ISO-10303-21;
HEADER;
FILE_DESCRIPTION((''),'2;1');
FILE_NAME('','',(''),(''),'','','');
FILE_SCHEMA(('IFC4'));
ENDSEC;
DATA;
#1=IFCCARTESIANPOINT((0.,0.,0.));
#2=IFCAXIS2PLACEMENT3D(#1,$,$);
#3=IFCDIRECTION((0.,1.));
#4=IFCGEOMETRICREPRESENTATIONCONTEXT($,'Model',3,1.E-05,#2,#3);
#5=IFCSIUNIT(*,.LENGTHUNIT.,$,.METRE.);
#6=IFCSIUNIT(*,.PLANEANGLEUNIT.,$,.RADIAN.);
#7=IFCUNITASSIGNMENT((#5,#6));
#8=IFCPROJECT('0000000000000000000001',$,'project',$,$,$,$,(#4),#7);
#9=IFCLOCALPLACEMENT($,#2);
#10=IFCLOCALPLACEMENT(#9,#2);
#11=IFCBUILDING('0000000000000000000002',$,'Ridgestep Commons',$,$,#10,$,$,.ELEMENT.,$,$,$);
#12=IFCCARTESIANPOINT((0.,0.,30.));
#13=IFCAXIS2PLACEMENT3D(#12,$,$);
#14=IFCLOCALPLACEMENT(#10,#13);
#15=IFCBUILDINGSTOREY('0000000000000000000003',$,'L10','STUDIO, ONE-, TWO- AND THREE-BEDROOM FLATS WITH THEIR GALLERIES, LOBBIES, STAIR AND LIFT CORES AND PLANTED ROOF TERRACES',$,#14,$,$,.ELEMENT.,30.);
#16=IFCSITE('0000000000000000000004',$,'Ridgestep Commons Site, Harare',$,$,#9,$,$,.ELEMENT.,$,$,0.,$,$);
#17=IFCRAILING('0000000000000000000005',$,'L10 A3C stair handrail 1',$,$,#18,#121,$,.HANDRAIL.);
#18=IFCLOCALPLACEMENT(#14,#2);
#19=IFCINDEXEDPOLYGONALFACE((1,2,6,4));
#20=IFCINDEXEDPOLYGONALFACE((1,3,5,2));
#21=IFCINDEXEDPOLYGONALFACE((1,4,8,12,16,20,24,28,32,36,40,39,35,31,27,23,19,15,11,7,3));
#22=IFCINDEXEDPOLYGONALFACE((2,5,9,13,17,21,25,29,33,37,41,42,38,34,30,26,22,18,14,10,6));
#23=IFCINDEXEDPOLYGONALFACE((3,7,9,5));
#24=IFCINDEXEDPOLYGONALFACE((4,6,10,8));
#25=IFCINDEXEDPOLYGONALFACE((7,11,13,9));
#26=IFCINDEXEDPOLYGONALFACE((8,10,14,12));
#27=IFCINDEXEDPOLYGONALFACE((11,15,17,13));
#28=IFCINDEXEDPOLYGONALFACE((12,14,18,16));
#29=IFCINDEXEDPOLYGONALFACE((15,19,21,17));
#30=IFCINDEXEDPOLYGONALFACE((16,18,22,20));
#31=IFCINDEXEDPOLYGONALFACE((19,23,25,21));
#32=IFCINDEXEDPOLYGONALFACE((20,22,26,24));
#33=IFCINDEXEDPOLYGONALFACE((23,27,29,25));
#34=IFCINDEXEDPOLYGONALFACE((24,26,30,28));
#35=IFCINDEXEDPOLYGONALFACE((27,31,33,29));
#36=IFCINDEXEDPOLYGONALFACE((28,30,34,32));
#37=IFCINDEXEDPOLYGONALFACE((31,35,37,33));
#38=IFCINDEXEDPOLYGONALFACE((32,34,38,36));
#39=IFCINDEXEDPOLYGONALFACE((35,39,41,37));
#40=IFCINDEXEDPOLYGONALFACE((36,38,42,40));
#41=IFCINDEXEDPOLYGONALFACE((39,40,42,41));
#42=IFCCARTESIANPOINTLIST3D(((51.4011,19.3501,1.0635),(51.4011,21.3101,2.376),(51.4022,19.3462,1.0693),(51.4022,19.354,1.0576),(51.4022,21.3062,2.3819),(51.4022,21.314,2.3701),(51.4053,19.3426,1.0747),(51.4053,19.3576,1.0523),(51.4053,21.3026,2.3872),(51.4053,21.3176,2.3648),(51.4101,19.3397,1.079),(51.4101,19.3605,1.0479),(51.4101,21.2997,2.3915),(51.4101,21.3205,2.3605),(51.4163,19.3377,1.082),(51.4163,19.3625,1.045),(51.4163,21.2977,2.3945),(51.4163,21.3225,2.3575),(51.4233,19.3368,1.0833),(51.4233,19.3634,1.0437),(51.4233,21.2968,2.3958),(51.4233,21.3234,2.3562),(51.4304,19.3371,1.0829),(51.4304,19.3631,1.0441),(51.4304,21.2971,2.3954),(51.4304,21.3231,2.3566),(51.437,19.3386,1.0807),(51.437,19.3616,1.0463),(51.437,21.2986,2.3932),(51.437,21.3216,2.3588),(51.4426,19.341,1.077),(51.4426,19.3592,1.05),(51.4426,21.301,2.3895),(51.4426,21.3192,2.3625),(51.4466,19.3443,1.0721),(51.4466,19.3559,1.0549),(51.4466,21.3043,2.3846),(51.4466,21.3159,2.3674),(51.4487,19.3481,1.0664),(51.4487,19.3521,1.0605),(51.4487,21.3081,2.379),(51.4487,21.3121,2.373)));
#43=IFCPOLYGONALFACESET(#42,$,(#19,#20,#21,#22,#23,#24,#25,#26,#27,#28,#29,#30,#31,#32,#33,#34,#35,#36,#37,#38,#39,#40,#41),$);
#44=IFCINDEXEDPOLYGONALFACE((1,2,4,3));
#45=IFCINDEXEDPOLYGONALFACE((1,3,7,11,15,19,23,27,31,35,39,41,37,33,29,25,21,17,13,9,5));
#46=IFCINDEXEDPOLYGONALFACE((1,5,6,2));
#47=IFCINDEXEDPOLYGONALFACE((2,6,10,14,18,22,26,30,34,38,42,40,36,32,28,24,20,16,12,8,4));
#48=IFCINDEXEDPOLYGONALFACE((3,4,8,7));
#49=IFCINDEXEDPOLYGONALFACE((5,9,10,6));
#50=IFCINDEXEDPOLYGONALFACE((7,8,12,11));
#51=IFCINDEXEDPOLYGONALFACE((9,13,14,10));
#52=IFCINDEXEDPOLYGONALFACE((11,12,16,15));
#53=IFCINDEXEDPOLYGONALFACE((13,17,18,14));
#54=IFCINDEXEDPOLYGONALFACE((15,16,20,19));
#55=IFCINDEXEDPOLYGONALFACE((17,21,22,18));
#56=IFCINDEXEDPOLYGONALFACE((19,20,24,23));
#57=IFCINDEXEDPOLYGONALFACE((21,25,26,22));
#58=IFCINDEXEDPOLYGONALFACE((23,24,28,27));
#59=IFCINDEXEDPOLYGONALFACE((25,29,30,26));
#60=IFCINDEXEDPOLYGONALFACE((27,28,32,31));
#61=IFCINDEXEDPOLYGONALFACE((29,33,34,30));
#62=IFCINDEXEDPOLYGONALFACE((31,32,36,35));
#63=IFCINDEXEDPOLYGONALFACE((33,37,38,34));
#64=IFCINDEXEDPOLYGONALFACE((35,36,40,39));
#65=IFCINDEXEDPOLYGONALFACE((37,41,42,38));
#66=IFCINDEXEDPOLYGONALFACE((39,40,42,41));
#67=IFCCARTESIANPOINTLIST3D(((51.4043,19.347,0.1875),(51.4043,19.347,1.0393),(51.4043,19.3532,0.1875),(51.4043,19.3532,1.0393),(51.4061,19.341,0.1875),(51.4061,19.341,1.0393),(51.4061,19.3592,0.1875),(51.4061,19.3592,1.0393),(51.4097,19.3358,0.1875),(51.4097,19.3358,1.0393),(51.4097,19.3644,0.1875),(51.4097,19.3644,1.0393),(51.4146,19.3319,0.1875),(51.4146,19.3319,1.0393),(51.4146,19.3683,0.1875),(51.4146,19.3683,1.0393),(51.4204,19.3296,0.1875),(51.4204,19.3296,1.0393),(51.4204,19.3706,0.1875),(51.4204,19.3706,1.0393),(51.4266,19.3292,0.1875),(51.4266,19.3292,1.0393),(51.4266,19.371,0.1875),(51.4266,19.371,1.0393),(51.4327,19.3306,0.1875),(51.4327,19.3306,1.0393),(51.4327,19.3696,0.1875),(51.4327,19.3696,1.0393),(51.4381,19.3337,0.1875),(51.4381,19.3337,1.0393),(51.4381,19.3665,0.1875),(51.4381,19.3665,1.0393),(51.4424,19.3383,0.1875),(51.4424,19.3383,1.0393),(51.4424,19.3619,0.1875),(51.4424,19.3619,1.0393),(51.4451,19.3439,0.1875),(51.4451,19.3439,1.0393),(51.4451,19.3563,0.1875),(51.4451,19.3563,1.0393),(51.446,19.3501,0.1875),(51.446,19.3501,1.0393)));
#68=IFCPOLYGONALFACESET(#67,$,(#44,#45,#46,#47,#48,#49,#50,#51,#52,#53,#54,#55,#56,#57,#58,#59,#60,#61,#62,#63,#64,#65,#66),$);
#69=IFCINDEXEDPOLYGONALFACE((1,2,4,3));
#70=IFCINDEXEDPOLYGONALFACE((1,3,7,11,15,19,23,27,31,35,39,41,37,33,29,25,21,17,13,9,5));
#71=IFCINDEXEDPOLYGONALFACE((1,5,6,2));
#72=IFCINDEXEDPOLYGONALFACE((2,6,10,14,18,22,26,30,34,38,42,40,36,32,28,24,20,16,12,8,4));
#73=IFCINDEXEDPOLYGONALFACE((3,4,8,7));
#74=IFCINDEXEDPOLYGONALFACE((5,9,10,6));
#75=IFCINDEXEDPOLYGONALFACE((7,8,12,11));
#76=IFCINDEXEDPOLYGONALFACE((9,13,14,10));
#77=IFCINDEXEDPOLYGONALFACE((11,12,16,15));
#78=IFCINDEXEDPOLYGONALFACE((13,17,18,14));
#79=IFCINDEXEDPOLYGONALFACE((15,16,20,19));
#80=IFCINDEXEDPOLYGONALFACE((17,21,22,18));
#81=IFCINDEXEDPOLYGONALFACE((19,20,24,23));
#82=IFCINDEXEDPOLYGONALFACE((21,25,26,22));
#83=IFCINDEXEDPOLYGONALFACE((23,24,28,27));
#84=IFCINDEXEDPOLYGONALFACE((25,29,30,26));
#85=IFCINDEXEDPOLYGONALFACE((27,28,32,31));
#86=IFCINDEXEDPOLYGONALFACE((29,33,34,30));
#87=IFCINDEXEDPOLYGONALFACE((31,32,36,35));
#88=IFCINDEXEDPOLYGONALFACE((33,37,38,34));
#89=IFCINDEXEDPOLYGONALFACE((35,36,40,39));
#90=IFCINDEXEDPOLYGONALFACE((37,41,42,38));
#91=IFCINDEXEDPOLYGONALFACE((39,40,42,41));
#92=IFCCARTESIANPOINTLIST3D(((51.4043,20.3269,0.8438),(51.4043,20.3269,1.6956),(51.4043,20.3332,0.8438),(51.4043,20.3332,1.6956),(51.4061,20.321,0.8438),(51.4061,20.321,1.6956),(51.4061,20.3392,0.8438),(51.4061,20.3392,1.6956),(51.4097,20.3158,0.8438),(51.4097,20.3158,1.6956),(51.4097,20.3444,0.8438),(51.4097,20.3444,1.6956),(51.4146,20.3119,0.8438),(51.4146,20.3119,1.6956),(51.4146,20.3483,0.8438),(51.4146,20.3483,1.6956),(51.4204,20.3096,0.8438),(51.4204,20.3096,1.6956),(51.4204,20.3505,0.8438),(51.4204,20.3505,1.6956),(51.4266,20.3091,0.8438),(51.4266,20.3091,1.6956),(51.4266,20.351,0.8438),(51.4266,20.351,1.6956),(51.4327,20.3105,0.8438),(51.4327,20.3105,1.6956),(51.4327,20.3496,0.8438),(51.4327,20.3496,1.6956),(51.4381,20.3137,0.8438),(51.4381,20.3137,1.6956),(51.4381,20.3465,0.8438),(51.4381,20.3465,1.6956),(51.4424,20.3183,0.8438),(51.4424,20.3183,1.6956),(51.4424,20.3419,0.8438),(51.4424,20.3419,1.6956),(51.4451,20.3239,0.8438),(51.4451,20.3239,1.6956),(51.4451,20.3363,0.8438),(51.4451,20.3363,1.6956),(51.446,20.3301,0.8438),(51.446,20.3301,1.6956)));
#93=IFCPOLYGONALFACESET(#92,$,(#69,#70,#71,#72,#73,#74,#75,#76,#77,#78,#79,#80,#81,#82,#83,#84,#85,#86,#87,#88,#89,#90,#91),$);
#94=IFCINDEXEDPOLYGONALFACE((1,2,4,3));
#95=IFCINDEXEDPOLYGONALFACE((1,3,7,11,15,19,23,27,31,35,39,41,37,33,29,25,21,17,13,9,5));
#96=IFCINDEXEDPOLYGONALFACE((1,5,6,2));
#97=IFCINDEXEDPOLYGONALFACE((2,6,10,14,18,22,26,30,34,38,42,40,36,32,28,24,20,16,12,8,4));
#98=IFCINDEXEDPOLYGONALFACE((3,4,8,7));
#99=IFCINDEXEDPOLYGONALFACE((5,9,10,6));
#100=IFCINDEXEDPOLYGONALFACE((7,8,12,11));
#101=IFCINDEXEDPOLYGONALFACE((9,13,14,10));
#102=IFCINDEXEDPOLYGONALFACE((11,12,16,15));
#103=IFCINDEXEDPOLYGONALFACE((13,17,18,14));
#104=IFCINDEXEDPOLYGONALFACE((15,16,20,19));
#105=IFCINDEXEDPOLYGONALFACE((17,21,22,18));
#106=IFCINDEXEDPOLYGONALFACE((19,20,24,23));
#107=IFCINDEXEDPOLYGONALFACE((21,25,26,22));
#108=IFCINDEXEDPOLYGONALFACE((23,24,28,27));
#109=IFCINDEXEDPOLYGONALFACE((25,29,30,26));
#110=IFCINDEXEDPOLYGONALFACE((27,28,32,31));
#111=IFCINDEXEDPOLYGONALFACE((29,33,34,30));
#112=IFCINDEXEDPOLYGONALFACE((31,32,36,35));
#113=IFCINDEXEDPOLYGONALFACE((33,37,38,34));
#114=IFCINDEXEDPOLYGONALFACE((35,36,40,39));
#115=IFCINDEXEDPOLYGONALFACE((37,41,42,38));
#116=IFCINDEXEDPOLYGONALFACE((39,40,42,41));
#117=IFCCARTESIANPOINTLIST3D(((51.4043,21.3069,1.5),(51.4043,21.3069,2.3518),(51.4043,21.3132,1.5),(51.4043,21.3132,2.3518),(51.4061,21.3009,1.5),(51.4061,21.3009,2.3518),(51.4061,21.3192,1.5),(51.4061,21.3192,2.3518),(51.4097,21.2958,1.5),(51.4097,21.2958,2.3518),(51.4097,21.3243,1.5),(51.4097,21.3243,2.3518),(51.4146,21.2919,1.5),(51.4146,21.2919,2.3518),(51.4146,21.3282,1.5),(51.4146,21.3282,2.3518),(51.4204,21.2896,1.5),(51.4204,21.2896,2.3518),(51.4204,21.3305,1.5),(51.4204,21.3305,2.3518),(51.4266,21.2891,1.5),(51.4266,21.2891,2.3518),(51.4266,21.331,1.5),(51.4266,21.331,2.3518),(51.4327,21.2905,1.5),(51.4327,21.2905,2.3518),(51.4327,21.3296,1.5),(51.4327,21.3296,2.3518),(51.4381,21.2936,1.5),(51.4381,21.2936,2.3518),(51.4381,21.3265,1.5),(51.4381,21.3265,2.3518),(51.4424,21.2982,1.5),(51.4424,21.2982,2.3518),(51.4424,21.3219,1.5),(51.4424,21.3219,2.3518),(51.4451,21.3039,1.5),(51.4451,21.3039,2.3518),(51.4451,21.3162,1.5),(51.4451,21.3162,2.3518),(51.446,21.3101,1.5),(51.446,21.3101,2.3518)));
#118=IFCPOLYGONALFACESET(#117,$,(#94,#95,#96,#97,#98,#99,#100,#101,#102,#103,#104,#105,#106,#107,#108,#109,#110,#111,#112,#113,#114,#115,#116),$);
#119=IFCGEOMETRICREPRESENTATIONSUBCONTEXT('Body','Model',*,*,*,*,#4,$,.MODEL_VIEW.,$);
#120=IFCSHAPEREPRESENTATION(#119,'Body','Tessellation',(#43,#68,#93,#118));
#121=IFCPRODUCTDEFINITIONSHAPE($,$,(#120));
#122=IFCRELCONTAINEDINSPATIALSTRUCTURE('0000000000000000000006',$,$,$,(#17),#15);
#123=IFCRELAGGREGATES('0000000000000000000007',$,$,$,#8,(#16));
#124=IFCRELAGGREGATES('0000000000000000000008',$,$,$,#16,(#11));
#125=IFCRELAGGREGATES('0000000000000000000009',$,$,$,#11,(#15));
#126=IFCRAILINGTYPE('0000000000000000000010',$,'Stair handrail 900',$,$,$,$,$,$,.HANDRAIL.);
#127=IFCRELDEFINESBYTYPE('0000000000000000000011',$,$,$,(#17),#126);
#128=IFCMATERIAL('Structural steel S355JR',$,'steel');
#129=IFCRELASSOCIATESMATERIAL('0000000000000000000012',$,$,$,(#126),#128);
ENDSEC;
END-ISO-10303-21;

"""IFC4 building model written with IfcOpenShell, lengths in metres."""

from ifc_helpers import new_model, si_unit, direction, frame, origin, origin_2d, place, context, subcontext, project, spatial, circle, extrude, material, type_object, element, save


model = new_model("IFC4")

# Units and contexts
model_context = context("Model", 3, precision=1e-05, world=origin(), true_north=direction((0.0, 1.0)))
body_context = subcontext(model_context, "Body", "Model", "MODEL_VIEW")
ifc_project = project(units=[si_unit("LENGTHUNIT", "METRE"), si_unit("PLANEANGLEUNIT", "RADIAN")], contexts=[model_context])

# Site, building, storey
site_placement = place(None, origin())
site = spatial("IfcSite", under=ifc_project, at=site_placement, Name="Ridgestep Commons Site, Harare", CompositionType="ELEMENT", RefElevation=0.0)
building_placement = place(site_placement, origin())
building = spatial("IfcBuilding", under=site, at=building_placement, Name="Ridgestep Commons", CompositionType="ELEMENT")
storey_placement = place(building_placement, frame((0.0, 0.0, 30.0)))
storey = spatial("IfcBuildingStorey", under=building, at=storey_placement, Name="L10", Description="STUDIO, ONE-, TWO- AND THREE-BEDROOM FLATS WITH THEIR GALLERIES, LOBBIES, STAIR AND LIFT CORES AND PLANTED ROOF TERRACES", CompositionType="ELEMENT", Elevation=30.0)

# Railing
ifc_material_1 = material(Name="Structural steel S355JR", Category="steel")
railing_type_1 = type_object("IfcRailingType", Name="Stair handrail 900", PredefinedType="HANDRAIL", material=ifc_material_1)
railing_1_placement = place(storey_placement, frame((51.425, 19.3501, 0.1875)))
element("IfcRailing", 1, at=railing_1_placement, inside=storey, type_object=railing_type_1, Name="L10 A3C stair handrail 1", PredefinedType="HANDRAIL", context=body_context, shape_type="SweptSolid", body=[
    extrude(circle(Radius=0.0239, at=origin_2d()), frame((0.0, 0.0, 0.876), z_axis=(0.0, 0.830902, 0.556419), x_axis=(-1.0, 0.0, 0.0)), (0.0, 0.0, 1.0), 2.3589),
    extrude(circle(Radius=0.021, at=origin_2d()), origin(), (0.0, 0.0, 1.0), 0.8518),
    extrude(circle(Radius=0.021, at=origin_2d()), frame((0.0, 0.98, 0.6562)), (0.0, 0.0, 1.0), 0.8518),
    extrude(circle(Radius=0.021, at=origin_2d()), frame((0.0, 1.96, 1.3125)), (0.0, 0.0, 1.0), 0.8518),
])

save(model, "model.ifc")
